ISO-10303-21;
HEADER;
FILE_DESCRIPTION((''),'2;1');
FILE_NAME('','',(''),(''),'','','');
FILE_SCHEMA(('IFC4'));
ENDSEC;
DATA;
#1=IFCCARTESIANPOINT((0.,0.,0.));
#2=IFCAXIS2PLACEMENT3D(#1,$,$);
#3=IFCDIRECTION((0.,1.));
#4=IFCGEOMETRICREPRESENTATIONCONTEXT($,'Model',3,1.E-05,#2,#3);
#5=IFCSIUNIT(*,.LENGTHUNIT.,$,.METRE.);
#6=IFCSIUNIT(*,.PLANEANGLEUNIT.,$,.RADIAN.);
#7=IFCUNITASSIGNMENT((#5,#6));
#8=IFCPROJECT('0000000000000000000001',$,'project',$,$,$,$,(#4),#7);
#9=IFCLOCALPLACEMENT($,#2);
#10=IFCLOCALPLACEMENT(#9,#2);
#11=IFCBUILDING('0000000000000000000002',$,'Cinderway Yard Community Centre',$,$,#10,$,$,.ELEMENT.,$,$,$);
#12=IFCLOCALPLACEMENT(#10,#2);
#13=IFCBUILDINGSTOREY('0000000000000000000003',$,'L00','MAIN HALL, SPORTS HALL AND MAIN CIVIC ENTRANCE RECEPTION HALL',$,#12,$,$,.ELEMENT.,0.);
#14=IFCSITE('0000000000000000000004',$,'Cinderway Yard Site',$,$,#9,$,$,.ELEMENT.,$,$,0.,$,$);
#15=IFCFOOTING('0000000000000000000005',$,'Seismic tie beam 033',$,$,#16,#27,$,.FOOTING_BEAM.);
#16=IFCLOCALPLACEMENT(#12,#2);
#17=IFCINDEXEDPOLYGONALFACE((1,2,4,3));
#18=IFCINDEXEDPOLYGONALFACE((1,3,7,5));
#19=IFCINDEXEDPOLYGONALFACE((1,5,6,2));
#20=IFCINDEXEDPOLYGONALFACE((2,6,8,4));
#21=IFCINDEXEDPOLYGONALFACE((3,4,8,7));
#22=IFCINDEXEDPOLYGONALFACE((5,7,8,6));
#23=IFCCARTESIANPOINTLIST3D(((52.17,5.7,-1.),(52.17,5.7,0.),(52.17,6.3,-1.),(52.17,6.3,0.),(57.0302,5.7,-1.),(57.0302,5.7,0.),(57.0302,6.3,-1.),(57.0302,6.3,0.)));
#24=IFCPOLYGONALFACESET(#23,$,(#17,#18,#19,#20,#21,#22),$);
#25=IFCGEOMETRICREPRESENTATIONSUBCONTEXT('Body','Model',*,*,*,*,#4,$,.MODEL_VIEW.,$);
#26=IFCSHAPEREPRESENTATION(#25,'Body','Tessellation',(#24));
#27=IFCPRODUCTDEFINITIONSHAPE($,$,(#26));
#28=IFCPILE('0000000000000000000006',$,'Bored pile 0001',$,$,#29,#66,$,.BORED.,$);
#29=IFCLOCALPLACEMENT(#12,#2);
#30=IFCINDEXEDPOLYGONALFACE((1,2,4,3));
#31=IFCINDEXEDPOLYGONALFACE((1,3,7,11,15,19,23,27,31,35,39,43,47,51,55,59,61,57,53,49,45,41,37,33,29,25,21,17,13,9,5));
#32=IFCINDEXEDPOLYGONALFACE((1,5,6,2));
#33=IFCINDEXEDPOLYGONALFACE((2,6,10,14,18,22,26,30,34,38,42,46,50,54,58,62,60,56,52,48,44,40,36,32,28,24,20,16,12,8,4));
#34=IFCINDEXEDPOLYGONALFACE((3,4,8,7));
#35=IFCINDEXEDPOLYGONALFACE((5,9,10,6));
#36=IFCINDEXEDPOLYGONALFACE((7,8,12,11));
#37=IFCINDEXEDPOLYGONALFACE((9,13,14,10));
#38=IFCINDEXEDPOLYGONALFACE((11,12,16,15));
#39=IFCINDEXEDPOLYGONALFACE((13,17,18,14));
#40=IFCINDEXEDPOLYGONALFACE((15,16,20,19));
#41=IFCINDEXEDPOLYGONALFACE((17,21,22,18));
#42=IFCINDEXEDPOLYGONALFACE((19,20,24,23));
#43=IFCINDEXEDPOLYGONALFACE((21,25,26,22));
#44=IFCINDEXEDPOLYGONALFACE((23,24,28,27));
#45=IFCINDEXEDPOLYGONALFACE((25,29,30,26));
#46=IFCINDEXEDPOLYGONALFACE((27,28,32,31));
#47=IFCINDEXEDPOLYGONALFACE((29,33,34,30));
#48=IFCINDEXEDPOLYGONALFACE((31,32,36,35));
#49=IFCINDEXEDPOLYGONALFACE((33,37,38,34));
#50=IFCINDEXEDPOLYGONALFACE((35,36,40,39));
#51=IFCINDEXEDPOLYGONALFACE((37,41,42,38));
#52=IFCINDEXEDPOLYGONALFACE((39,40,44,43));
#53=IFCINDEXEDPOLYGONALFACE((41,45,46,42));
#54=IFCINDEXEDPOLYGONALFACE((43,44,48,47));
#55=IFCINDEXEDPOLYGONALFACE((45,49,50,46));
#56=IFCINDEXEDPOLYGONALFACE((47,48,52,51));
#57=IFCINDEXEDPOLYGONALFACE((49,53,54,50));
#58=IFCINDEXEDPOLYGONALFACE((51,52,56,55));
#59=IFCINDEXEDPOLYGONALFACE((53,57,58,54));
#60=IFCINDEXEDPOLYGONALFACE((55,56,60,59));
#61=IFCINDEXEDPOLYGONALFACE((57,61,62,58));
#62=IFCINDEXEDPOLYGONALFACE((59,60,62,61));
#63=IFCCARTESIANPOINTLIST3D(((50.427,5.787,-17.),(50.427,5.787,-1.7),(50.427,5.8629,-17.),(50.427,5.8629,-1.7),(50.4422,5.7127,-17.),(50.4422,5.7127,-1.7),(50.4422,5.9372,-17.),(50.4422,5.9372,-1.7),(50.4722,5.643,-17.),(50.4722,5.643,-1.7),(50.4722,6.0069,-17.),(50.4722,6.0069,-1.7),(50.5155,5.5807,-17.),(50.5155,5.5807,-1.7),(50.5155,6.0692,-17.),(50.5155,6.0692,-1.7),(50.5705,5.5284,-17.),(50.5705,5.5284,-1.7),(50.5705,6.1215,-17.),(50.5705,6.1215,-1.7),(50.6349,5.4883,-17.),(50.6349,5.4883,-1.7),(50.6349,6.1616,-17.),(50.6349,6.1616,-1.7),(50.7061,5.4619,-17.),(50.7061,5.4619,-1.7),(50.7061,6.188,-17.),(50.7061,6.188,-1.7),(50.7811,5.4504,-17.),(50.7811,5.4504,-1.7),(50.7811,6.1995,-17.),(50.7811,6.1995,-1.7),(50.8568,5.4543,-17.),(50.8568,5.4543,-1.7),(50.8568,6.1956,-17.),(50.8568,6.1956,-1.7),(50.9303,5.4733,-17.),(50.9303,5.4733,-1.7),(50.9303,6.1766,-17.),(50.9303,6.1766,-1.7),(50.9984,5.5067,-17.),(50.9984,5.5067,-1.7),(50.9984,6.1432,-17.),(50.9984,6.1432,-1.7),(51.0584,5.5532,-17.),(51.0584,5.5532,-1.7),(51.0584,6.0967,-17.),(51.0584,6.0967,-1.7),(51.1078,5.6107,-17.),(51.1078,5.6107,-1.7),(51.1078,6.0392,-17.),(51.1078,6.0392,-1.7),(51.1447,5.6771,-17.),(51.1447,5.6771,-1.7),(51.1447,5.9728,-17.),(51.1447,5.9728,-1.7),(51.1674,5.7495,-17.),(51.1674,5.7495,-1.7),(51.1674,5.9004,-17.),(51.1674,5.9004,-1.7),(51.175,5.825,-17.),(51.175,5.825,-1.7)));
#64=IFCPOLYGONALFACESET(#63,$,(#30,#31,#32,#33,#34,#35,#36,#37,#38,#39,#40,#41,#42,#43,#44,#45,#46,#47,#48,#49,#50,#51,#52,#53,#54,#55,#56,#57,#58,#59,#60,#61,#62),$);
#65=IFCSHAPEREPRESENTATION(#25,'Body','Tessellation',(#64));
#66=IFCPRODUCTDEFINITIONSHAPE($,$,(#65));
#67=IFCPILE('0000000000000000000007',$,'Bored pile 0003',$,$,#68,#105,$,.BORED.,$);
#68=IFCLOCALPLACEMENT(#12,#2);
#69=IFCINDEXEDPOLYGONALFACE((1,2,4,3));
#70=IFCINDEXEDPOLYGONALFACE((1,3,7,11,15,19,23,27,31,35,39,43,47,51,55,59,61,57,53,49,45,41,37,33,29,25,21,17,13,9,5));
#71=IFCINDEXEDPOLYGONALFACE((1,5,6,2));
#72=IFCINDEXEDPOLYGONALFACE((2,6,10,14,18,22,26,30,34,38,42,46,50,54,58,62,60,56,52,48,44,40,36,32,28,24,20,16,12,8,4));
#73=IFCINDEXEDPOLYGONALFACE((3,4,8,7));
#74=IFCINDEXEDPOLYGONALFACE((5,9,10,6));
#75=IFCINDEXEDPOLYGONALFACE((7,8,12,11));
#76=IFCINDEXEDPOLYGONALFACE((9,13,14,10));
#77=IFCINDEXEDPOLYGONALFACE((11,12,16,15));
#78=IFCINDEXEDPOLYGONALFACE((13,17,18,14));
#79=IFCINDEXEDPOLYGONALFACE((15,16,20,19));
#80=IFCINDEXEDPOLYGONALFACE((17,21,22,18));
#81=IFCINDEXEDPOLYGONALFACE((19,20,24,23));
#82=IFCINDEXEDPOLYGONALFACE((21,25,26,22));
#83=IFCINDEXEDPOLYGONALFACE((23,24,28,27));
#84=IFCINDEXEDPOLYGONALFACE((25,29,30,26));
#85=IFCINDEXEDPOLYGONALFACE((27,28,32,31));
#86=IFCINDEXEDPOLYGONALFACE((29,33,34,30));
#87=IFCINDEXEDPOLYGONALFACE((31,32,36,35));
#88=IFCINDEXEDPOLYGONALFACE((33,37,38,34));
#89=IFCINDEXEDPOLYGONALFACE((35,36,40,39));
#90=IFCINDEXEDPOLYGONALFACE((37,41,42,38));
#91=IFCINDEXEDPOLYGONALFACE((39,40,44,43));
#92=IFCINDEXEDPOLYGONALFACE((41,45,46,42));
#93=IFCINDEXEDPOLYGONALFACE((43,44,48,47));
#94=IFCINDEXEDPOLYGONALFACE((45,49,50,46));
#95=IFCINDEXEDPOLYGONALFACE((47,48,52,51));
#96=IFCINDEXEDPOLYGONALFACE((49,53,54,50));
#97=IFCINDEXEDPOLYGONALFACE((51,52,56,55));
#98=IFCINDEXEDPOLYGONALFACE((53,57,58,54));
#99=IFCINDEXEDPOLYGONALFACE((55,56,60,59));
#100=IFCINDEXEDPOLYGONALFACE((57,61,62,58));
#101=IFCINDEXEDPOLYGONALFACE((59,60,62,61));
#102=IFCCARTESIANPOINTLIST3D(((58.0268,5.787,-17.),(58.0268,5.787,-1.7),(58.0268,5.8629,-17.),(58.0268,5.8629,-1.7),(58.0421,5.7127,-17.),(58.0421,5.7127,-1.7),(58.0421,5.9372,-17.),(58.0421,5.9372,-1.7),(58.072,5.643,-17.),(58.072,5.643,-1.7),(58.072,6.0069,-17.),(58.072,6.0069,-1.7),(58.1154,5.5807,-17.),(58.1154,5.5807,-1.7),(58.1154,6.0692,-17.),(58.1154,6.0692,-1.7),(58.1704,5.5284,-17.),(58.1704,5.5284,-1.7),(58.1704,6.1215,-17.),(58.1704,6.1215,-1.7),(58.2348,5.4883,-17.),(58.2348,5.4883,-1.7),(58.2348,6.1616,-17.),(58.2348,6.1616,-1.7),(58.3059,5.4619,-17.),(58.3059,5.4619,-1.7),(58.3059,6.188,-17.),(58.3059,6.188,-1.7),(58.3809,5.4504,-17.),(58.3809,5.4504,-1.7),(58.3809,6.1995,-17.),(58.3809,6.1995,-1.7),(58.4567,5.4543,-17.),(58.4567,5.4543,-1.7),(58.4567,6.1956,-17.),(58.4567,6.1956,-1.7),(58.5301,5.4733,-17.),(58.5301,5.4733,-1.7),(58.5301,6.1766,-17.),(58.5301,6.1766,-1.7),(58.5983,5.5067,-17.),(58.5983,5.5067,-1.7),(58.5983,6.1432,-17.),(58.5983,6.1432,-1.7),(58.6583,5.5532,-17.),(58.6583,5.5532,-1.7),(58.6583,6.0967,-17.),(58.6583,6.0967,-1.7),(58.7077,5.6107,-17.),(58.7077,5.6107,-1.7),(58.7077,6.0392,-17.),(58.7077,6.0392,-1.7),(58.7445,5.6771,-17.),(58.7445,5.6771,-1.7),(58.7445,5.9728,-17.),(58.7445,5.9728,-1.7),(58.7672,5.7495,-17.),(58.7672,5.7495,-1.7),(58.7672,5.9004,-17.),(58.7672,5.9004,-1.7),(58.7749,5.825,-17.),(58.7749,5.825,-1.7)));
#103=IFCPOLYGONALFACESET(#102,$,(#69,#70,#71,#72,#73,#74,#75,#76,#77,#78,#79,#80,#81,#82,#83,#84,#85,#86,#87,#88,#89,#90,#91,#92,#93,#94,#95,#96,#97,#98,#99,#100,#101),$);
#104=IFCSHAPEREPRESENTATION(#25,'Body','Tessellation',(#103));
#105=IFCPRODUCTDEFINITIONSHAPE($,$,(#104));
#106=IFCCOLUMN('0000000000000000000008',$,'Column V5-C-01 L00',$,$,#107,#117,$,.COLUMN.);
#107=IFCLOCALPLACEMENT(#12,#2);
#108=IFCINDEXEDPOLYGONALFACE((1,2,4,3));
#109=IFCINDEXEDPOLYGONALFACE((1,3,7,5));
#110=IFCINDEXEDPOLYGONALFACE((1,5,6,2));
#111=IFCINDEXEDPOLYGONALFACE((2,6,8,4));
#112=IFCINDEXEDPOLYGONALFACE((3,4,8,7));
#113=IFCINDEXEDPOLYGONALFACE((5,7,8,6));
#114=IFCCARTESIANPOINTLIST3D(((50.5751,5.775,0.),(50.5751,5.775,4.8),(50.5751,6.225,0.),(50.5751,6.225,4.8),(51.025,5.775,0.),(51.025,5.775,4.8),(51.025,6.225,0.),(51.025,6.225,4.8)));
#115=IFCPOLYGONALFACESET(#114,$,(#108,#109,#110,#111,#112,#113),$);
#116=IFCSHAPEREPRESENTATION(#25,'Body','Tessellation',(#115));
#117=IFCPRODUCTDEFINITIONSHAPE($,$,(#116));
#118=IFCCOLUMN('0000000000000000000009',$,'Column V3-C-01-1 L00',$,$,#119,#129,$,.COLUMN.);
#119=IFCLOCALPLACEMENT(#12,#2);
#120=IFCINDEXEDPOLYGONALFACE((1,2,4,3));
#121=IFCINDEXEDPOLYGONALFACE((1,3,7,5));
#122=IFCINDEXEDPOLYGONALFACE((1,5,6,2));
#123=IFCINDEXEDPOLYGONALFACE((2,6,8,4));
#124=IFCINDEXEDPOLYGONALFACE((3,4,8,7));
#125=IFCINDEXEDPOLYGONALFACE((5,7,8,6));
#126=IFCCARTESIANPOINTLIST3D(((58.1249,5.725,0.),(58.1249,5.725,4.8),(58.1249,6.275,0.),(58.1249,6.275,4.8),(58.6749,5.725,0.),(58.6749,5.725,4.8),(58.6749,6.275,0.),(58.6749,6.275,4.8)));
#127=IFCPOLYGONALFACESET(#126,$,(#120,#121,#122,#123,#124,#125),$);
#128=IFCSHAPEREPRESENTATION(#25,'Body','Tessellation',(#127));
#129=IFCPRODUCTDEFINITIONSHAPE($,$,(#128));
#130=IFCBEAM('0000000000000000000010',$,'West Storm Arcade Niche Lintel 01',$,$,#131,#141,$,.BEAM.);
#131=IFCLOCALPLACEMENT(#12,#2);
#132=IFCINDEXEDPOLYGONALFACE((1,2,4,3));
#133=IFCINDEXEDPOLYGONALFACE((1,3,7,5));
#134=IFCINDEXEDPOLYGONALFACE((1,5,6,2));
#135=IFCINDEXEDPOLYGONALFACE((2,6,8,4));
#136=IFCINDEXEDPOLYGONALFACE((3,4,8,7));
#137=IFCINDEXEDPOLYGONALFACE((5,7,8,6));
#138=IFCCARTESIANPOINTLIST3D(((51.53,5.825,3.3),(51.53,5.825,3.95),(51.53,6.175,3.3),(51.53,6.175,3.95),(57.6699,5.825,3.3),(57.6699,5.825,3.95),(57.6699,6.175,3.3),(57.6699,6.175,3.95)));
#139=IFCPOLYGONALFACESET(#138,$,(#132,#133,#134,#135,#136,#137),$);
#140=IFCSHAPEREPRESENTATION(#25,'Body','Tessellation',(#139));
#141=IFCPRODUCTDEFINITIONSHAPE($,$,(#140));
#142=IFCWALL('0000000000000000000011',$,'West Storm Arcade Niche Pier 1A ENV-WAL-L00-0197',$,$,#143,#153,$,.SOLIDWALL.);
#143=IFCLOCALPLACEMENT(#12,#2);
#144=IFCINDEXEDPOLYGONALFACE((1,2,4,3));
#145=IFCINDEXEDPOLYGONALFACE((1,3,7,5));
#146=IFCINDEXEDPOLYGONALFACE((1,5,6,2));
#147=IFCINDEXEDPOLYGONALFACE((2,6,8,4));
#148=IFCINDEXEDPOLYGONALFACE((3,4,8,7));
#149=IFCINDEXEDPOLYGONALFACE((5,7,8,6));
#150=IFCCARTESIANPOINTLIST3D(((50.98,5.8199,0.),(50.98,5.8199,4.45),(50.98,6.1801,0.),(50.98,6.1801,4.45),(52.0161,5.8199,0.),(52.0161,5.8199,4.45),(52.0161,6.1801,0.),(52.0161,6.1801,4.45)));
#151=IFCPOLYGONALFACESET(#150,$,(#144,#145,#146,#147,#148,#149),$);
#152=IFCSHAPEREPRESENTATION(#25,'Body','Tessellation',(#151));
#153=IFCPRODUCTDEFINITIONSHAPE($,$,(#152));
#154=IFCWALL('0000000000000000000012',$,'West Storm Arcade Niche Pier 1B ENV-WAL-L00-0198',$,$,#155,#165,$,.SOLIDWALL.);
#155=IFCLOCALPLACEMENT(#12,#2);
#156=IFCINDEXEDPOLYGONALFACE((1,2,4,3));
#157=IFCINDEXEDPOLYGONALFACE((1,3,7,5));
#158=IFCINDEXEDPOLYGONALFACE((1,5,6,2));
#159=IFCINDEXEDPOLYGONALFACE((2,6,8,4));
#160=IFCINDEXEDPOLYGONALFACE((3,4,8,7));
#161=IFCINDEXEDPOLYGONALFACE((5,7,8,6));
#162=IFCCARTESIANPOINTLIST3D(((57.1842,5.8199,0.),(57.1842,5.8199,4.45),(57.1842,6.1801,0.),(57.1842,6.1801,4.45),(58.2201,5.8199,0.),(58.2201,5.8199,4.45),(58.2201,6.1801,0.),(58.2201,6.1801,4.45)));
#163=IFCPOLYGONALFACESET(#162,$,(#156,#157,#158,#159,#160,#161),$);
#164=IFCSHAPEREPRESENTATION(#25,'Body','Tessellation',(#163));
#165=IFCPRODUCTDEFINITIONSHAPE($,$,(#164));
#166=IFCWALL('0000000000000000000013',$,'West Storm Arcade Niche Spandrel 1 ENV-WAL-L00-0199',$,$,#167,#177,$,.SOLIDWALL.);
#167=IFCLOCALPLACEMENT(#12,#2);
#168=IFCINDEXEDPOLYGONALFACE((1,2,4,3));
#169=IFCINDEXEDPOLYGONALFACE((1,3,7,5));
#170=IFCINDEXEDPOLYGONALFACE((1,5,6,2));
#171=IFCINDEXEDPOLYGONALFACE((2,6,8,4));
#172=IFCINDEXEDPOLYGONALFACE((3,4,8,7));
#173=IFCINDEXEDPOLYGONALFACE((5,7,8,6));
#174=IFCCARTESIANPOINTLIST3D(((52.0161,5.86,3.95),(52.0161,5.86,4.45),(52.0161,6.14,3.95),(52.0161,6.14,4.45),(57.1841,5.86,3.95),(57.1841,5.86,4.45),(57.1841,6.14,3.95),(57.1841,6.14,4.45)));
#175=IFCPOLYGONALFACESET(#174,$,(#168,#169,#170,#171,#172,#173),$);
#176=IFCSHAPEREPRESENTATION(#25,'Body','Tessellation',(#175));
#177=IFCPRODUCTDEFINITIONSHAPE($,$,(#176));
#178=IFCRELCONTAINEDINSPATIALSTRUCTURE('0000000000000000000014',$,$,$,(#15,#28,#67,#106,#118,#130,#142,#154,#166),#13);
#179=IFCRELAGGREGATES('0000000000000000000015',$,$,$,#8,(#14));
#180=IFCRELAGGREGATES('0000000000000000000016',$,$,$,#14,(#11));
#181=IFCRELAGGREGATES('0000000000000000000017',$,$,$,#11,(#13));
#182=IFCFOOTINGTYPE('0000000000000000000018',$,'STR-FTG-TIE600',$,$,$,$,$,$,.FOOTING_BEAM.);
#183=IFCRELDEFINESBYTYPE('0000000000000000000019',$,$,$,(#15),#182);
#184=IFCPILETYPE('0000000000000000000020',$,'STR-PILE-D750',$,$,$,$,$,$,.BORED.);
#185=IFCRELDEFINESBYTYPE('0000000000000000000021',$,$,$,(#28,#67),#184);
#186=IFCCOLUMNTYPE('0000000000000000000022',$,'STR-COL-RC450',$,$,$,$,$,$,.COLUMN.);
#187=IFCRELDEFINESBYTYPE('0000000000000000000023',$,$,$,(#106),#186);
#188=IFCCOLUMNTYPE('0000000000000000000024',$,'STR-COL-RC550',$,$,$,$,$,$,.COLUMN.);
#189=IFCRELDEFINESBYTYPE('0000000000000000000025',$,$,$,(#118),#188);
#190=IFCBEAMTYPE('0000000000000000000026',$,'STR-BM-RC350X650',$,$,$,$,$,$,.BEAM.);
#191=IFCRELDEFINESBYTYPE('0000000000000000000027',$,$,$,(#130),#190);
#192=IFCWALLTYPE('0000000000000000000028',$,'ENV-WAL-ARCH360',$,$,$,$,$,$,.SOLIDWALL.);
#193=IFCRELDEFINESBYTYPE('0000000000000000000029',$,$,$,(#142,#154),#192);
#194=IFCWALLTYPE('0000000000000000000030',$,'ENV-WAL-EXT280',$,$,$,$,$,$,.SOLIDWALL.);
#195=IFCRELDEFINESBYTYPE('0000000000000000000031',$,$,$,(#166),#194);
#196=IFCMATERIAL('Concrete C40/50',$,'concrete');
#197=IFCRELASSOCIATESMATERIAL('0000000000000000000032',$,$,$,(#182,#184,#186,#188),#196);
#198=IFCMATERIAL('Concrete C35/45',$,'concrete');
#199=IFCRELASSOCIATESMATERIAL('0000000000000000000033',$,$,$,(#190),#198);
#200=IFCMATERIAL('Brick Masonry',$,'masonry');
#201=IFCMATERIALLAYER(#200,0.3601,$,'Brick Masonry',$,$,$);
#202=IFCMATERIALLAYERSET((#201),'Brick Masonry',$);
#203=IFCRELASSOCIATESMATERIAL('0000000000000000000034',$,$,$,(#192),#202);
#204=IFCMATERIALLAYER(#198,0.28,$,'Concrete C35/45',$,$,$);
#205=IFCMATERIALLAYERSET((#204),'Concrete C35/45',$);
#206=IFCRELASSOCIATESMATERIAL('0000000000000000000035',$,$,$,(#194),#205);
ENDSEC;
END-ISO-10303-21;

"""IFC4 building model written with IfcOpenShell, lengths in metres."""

from ifc_helpers import new_model, si_unit, direction, frame, frame_2d, origin, origin_2d, place, context, subcontext, project, spatial, rectangle, circle, extrude, material, layer, layer_set, material_profile, profile_set, type_object, element, save


model = new_model("IFC4")

# Units and contexts
model_context = context("Model", 3, precision=1e-05, world=origin(), true_north=direction((0.0, 1.0)))
body_context = subcontext(model_context, "Body", "Model", "MODEL_VIEW")
ifc_project = project(units=[si_unit("LENGTHUNIT", "METRE"), si_unit("PLANEANGLEUNIT", "RADIAN")], contexts=[model_context])

# Site, building, storey
site_placement = place(None, origin())
site = spatial("IfcSite", under=ifc_project, at=site_placement, Name="Cinderway Yard Site", CompositionType="ELEMENT", RefElevation=0.0)
building_placement = place(site_placement, origin())
building = spatial("IfcBuilding", under=site, at=building_placement, Name="Cinderway Yard Community Centre", CompositionType="ELEMENT")
storey_placement = place(building_placement, origin())
storey = spatial("IfcBuildingStorey", under=building, at=storey_placement, Name="L00", Description="MAIN HALL, SPORTS HALL AND MAIN CIVIC ENTRANCE RECEPTION HALL", CompositionType="ELEMENT", Elevation=0.0)

# Footing
ifc_material_1 = material(Name="Concrete C40/50", Category="concrete")
footing_type = type_object("IfcFootingType", Name="STR-FTG-TIE600", PredefinedType="FOOTING_BEAM", material=ifc_material_1)
footing_placement = place(storey_placement, frame((54.6001, 6.0, -1.0), z_axis=(0.0, 0.0, 1.0), x_axis=(1.0, 0.0, 0.0)))
element("IfcFooting", 1, at=footing_placement, inside=storey, type_object=footing_type, Name="Seismic tie beam 033", PredefinedType="FOOTING_BEAM", context=body_context, shape_type="SweptSolid", body=[
    extrude(rectangle(XDim=4.8601, YDim=0.6001, at=origin_2d()), origin(), (0.0, 0.0, 1.0), 1.0),
])

# Piles
ifc_material_profile_1 = material_profile(ifc_material_1, circle(Radius=0.375, at=origin_2d()), Name="Concrete C40/50")
ifc_profile_set_1 = profile_set([ifc_material_profile_1], Name="Concrete C40/50")
pile_type = type_object("IfcPileType", Name="STR-PILE-D750", PredefinedType="BORED", material=ifc_profile_set_1)
for number, where, z_axis, x_axis, name in (
    (2, (50.8, 5.825, -1.7), (0.0, 0.0, -1.0), (1.0, 0.0, 0.0), "Bored pile 0001"),
    (3, (58.3999, 5.825, -1.7), (0.0, 0.0, -1.0), (1.0, 0.0, 0.0), "Bored pile 0003"),
):
    element("IfcPile", number, at=place(storey_placement, frame(where, z_axis=z_axis, x_axis=x_axis)), inside=storey, type_object=pile_type, Name=name, PredefinedType="BORED", context=body_context, shape_type="SweptSolid", body=[
        extrude(circle(Radius=0.375, at=origin_2d()), origin(), (0.0, 0.0, 1.0), 15.3),
    ])

# Columns
ifc_material_profile_2 = material_profile(ifc_material_1, rectangle(XDim=0.45, YDim=0.45, at=origin_2d()), Name="Concrete C40/50")
ifc_profile_set_2 = profile_set([ifc_material_profile_2], Name="Concrete C40/50")
column_type_1 = type_object("IfcColumnType", Name="STR-COL-RC450", PredefinedType="COLUMN", material=ifc_profile_set_2)
column_1_placement = place(storey_placement, frame((50.8, 6.0, 0.0), z_axis=(0.0, 0.0, 1.0), x_axis=(1.0, 0.0, 0.0)))
element("IfcColumn", 4, at=column_1_placement, inside=storey, type_object=column_type_1, Name="Column V5-C-01 L00", PredefinedType="COLUMN", context=body_context, shape_type="SweptSolid", body=[
    extrude(rectangle(XDim=0.45, YDim=0.45, at=origin_2d()), origin(), (0.0, 0.0, 1.0), 4.8),
])
ifc_material_profile_3 = material_profile(ifc_material_1, rectangle(XDim=0.55, YDim=0.55, at=origin_2d()), Name="Concrete C40/50")
ifc_profile_set_3 = profile_set([ifc_material_profile_3], Name="Concrete C40/50")
column_type_2 = type_object("IfcColumnType", Name="STR-COL-RC550", PredefinedType="COLUMN", material=ifc_profile_set_3)
column_2_placement = place(storey_placement, frame((58.3999, 6.0, 0.0), z_axis=(0.0, 0.0, 1.0), x_axis=(1.0, 0.0, 0.0)))
element("IfcColumn", 5, at=column_2_placement, inside=storey, type_object=column_type_2, Name="Column V3-C-01-1 L00", PredefinedType="COLUMN", context=body_context, shape_type="SweptSolid", body=[
    extrude(rectangle(XDim=0.55, YDim=0.55, at=origin_2d()), origin(), (0.0, 0.0, 1.0), 4.8),
])

# Beam
ifc_material_2 = material(Name="Concrete C35/45", Category="concrete")
ifc_material_profile_4 = material_profile(ifc_material_2, rectangle(XDim=0.3501, YDim=0.6499, at=origin_2d()), Name="Concrete C35/45")
ifc_profile_set_4 = profile_set([ifc_material_profile_4], Name="Concrete C35/45")
beam_type = type_object("IfcBeamType", Name="STR-BM-RC350X650", PredefinedType="BEAM", material=ifc_profile_set_4)
beam_placement = place(storey_placement, frame((51.53, 6.0, 3.625), z_axis=(1.0, 0.0, 0.0), x_axis=(0.0, 1.0, 0.0)))
element("IfcBeam", 6, at=beam_placement, inside=storey, type_object=beam_type, Name="West Storm Arcade Niche Lintel 01", PredefinedType="BEAM", context=body_context, shape_type="SweptSolid", body=[
    extrude(rectangle(XDim=0.3501, YDim=0.6499, at=origin_2d()), origin(), (0.0, 0.0, 1.0), 6.1399),
])

# Walls
ifc_material_3 = material(Name="Brick Masonry", Category="masonry")
ifc_layer_1 = layer(ifc_material_3, 0.3601, Name="Brick Masonry")
ifc_layer_set_1 = layer_set([ifc_layer_1], Name="Brick Masonry")
wall_type_1 = type_object("IfcWallType", Name="ENV-WAL-ARCH360", PredefinedType="SOLIDWALL", material=ifc_layer_set_1)
wall_1_placement = place(storey_placement, frame((50.98, 6.0, 0.0), z_axis=(0.0, 0.0, 1.0), x_axis=(1.0, 0.0, 0.0)))
element("IfcWall", 7, at=wall_1_placement, inside=storey, type_object=wall_type_1, Name="West Storm Arcade Niche Pier 1A ENV-WAL-L00-0197", PredefinedType="SOLIDWALL", context=body_context, shape_type="SweptSolid", body=[
    extrude(rectangle(XDim=1.0361, YDim=0.3601, at=frame_2d((0.5181, 0.0))), origin(), (0.0, 0.0, 1.0), 4.45),
])
wall_2_placement = place(storey_placement, frame((57.1841, 6.0, 0.0), z_axis=(0.0, 0.0, 1.0), x_axis=(1.0, 0.0, 0.0)))
element("IfcWall", 8, at=wall_2_placement, inside=storey, type_object=wall_type_1, Name="West Storm Arcade Niche Pier 1B ENV-WAL-L00-0198", PredefinedType="SOLIDWALL", context=body_context, shape_type="SweptSolid", body=[
    extrude(rectangle(XDim=1.0359, YDim=0.3601, at=frame_2d((0.5181, 0.0))), origin(), (0.0, 0.0, 1.0), 4.45),
])
ifc_layer_2 = layer(ifc_material_2, 0.28, Name="Concrete C35/45")
ifc_layer_set_2 = layer_set([ifc_layer_2], Name="Concrete C35/45")
wall_type_2 = type_object("IfcWallType", Name="ENV-WAL-EXT280", PredefinedType="SOLIDWALL", material=ifc_layer_set_2)
wall_3_placement = place(storey_placement, frame((52.0161, 6.0, 3.95), z_axis=(0.0, 0.0, 1.0), x_axis=(1.0, 0.0, 0.0)))
element("IfcWall", 9, at=wall_3_placement, inside=storey, type_object=wall_type_2, Name="West Storm Arcade Niche Spandrel 1 ENV-WAL-L00-0199", PredefinedType="SOLIDWALL", context=body_context, shape_type="SweptSolid", body=[
    extrude(rectangle(XDim=5.168, YDim=0.28, at=frame_2d((2.584, 0.0))), origin(), (0.0, 0.0, 1.0), 0.5),
])

save(model, "model.ifc")
